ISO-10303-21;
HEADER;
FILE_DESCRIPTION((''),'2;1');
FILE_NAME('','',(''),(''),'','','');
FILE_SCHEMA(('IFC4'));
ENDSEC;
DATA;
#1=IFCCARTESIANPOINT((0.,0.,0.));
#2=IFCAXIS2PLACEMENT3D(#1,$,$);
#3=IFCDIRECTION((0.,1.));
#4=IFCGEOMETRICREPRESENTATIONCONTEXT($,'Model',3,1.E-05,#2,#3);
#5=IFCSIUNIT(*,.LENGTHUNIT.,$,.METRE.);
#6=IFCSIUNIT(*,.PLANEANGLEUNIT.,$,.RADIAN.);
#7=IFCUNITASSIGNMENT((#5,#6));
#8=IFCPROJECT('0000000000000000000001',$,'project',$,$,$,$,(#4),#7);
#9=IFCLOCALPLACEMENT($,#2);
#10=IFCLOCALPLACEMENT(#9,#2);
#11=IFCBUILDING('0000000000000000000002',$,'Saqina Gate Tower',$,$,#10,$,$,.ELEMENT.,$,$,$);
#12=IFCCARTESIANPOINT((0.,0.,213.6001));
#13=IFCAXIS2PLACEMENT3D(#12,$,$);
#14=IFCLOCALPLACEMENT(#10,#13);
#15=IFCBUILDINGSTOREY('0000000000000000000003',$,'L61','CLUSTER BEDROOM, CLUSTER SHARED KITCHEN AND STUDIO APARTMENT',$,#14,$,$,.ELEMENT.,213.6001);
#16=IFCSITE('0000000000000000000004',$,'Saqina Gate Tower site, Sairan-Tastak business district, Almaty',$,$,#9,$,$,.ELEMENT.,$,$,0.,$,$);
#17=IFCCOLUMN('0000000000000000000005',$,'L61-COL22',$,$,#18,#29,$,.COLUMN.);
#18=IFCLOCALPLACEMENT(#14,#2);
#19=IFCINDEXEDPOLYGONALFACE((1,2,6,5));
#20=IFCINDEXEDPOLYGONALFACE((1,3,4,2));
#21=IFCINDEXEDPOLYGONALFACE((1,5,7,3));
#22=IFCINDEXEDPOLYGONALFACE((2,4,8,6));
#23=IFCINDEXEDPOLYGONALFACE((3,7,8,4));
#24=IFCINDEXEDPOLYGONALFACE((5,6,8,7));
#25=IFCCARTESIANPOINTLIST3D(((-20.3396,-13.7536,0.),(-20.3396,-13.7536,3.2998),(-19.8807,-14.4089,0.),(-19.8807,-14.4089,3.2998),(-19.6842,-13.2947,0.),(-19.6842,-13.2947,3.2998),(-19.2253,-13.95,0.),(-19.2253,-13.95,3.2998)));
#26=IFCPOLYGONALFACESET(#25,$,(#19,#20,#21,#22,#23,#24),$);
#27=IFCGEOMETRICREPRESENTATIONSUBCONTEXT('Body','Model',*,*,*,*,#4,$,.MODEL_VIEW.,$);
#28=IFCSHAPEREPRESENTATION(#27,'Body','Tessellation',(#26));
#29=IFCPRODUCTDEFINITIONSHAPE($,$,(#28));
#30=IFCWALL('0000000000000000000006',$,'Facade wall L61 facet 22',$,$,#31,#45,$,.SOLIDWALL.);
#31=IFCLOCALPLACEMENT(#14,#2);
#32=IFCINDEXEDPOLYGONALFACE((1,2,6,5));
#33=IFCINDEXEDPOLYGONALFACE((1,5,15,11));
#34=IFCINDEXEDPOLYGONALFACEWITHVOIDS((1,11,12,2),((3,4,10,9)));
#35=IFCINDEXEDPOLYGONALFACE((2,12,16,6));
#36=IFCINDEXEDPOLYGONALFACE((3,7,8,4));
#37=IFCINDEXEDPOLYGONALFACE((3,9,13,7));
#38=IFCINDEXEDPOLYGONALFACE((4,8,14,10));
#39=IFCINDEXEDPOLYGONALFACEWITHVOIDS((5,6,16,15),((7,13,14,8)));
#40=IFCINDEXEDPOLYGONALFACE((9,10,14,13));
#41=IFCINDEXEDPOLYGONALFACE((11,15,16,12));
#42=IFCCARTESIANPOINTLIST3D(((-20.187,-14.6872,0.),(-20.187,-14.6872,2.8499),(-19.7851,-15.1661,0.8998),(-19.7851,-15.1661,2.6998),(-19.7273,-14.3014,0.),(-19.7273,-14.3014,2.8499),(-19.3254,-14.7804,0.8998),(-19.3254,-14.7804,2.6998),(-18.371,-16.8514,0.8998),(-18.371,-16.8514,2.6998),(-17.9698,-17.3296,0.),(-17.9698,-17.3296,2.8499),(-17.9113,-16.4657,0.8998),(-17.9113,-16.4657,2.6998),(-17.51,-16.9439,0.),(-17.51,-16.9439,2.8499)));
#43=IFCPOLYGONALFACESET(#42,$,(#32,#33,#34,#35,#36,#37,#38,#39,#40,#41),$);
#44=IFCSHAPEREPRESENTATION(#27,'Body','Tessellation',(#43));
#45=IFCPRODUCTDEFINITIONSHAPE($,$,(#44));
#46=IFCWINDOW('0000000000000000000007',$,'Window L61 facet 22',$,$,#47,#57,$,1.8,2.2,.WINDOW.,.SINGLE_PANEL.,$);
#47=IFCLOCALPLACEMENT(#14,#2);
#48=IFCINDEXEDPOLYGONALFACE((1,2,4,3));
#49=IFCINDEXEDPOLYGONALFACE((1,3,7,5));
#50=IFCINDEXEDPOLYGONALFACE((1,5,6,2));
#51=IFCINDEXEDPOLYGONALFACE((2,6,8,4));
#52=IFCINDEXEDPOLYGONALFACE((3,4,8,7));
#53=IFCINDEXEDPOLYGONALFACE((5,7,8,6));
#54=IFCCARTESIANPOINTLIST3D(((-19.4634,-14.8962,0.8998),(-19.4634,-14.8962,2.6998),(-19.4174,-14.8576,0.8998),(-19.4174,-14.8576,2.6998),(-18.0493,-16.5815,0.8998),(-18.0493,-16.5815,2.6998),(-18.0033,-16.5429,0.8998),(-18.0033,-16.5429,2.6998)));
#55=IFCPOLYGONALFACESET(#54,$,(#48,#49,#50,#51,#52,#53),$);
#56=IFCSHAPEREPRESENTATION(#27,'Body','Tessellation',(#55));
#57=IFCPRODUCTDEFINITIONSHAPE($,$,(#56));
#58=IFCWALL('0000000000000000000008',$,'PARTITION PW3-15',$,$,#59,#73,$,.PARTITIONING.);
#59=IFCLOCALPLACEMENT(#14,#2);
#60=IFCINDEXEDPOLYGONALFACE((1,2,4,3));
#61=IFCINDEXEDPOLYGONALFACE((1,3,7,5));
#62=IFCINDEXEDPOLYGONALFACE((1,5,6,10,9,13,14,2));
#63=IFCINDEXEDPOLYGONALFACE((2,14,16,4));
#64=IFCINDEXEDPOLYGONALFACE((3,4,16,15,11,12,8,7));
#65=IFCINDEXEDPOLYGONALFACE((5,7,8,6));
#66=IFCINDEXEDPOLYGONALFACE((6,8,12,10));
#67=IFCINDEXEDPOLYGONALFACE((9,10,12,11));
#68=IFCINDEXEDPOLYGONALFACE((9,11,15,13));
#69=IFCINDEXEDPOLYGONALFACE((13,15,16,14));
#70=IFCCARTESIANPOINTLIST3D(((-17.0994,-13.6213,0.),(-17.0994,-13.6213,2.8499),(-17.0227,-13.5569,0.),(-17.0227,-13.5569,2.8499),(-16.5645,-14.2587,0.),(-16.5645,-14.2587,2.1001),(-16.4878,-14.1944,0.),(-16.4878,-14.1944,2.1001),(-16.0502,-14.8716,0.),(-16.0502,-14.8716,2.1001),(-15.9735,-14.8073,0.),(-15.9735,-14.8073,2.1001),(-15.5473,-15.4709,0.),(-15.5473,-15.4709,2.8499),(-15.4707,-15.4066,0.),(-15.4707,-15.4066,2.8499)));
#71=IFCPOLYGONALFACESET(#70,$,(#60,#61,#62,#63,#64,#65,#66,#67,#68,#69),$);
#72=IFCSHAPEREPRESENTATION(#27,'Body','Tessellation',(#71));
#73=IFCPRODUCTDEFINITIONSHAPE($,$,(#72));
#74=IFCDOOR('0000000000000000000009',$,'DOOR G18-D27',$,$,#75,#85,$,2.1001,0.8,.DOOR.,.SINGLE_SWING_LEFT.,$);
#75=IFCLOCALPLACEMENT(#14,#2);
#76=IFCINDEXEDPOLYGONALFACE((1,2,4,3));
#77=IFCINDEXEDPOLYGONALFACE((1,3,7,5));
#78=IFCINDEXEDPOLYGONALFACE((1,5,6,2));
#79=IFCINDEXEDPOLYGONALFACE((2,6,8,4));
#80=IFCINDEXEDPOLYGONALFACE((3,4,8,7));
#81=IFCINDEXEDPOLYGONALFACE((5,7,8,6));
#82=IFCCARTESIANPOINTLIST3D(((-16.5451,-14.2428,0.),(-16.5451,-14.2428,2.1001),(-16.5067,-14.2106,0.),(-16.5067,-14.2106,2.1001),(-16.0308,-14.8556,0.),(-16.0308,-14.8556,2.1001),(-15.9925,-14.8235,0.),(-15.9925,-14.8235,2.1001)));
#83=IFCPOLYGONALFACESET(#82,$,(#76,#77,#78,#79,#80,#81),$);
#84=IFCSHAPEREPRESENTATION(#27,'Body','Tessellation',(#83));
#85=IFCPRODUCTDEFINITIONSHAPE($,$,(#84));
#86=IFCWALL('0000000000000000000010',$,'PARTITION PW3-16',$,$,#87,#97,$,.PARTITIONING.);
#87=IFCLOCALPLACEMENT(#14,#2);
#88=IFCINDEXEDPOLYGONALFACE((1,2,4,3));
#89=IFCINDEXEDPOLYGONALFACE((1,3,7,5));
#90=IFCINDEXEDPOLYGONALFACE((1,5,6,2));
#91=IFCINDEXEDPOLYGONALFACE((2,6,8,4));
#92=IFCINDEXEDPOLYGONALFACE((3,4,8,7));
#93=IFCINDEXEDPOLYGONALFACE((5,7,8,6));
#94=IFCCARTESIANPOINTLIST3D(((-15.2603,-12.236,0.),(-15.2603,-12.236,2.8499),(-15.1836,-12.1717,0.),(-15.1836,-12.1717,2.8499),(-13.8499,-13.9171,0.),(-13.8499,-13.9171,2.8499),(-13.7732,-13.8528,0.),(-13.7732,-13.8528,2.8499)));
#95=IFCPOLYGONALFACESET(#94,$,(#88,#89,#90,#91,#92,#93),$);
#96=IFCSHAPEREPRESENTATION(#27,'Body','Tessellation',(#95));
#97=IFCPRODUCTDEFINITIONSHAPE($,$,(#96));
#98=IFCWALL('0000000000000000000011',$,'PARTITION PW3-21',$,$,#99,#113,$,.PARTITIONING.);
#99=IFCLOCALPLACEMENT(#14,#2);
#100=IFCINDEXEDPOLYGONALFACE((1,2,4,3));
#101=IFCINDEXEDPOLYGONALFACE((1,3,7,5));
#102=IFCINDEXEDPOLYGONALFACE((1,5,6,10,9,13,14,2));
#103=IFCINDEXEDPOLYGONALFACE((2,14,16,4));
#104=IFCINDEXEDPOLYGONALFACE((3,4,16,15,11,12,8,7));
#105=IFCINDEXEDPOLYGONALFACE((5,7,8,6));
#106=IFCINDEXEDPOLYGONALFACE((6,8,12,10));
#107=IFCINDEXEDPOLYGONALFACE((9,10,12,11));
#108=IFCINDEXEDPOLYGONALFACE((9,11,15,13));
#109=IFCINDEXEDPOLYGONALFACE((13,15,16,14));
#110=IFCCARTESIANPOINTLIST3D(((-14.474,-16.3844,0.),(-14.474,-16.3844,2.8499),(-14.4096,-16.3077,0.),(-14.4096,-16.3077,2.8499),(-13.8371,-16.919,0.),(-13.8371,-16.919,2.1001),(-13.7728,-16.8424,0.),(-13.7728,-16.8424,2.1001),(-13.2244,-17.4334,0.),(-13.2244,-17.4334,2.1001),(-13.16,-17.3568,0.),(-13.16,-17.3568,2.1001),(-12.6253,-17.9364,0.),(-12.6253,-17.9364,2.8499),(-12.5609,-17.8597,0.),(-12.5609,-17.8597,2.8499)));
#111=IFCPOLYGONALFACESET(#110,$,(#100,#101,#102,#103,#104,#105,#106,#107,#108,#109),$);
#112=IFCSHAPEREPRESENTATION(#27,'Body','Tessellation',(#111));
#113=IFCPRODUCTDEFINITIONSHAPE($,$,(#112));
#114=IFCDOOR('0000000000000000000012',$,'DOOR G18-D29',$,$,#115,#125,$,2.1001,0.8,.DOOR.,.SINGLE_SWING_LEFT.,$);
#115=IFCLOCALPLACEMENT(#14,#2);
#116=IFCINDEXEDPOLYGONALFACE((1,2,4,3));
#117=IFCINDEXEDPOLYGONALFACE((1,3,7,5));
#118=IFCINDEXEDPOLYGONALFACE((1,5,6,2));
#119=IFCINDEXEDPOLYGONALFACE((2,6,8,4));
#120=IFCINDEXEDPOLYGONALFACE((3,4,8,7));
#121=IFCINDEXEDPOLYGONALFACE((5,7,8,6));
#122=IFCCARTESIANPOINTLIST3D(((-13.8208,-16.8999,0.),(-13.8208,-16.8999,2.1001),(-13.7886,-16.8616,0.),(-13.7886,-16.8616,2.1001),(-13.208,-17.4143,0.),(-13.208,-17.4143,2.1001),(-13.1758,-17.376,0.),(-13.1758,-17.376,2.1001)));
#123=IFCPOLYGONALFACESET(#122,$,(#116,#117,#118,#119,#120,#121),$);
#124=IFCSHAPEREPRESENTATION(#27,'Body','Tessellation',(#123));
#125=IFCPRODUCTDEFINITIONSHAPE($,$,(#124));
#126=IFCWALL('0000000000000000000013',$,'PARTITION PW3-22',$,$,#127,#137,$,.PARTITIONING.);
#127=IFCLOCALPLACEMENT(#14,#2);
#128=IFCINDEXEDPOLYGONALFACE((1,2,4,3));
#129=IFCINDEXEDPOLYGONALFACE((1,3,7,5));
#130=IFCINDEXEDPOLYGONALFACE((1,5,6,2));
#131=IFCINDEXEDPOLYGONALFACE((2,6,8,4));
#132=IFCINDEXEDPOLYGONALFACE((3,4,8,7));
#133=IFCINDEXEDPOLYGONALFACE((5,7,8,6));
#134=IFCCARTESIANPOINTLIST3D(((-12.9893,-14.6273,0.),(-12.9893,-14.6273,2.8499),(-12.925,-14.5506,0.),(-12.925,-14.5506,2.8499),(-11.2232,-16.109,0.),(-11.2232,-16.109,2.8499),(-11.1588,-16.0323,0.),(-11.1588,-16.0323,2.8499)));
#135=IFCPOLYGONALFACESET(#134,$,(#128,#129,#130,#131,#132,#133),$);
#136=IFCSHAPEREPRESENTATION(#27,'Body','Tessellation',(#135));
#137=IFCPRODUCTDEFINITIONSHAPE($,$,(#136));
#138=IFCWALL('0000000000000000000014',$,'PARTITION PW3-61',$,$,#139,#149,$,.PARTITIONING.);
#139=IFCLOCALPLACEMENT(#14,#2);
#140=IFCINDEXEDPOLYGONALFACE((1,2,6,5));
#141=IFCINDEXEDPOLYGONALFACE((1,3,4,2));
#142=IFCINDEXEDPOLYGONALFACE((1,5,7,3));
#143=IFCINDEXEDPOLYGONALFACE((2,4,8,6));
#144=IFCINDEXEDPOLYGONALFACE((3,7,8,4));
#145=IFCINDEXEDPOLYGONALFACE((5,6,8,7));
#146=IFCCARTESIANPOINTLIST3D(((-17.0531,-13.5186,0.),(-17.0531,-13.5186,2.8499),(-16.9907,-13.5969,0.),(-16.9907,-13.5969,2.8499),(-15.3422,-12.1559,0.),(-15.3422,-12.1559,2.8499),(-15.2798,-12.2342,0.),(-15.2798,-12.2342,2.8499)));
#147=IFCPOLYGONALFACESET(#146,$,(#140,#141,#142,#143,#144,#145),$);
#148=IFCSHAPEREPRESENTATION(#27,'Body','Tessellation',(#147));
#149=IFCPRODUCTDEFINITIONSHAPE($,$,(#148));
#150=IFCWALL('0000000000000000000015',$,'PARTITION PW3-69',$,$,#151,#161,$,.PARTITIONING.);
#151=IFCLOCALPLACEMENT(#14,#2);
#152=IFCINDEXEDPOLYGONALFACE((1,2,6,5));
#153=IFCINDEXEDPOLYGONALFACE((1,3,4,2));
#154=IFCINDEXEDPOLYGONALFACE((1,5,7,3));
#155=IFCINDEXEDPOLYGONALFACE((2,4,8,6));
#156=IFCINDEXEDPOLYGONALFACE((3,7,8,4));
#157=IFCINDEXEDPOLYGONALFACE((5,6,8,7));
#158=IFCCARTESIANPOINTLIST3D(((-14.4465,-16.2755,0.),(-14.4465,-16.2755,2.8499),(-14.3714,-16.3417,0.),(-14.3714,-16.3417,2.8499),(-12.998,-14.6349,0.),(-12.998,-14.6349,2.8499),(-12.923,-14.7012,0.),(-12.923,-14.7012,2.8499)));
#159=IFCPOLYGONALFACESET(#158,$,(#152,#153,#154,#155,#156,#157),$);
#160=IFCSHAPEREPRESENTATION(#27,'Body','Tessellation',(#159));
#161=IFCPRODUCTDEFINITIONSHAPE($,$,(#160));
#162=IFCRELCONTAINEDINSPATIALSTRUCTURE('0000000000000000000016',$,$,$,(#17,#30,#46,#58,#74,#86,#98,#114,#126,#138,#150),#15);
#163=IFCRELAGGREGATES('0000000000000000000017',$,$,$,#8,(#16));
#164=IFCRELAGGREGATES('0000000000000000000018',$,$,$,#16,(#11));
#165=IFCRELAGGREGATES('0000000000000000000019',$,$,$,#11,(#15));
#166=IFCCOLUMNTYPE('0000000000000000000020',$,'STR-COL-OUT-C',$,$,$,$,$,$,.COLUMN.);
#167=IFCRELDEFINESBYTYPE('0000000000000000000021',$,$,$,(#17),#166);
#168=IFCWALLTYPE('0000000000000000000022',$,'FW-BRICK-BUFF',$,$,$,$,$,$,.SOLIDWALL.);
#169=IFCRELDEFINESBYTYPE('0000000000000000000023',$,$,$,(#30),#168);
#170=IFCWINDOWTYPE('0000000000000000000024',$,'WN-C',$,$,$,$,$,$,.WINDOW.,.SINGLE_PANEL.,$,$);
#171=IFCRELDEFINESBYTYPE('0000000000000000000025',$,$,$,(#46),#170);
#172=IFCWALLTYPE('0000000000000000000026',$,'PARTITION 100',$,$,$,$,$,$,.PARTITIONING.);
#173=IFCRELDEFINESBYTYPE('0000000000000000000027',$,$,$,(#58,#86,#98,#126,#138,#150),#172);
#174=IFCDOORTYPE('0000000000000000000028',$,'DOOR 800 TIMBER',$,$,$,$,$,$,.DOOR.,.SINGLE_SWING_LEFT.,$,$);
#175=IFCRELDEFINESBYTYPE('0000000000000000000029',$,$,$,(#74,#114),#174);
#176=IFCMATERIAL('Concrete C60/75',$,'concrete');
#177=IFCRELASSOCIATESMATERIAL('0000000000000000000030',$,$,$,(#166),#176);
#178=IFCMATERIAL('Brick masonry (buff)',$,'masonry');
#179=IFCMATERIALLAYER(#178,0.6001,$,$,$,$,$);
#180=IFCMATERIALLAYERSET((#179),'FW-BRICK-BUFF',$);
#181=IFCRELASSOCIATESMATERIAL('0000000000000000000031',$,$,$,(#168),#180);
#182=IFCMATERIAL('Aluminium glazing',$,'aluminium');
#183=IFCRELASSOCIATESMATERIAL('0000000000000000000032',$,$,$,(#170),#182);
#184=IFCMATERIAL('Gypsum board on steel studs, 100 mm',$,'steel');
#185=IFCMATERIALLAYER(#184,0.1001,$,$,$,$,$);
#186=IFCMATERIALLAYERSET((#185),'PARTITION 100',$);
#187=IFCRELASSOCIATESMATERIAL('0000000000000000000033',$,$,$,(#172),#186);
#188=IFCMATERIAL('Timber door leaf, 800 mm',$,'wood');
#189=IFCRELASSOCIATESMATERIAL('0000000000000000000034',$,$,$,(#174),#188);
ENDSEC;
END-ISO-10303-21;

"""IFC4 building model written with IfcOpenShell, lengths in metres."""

from ifc_helpers import new_model, si_unit, direction, frame, frame_2d, origin, origin_2d, place, context, subcontext, project, spatial, rectangle, extrude, material, layer, layer_set, material_profile, profile_set, type_object, element, fill, save


model = new_model("IFC4")

# Units and contexts
model_context = context("Model", 3, precision=1e-05, world=origin(), true_north=direction((0.0, 1.0)))
body_context = subcontext(model_context, "Body", "Model", "MODEL_VIEW")
ifc_project = project(units=[si_unit("LENGTHUNIT", "METRE"), si_unit("PLANEANGLEUNIT", "RADIAN")], contexts=[model_context])

# Site, building, storey
site_placement = place(None, origin())
site = spatial("IfcSite", under=ifc_project, at=site_placement, Name="Saqina Gate Tower site, Sairan-Tastak business district, Almaty", CompositionType="ELEMENT", RefElevation=0.0)
building_placement = place(site_placement, origin())
building = spatial("IfcBuilding", under=site, at=building_placement, Name="Saqina Gate Tower", CompositionType="ELEMENT")
storey_placement = place(building_placement, frame((0.0, 0.0, 213.6001)))
storey = spatial("IfcBuildingStorey", under=building, at=storey_placement, Name="L61", Description="CLUSTER BEDROOM, CLUSTER SHARED KITCHEN AND STUDIO APARTMENT", CompositionType="ELEMENT", Elevation=213.6001)

# Column
ifc_material_1 = material(Name="Concrete C60/75", Category="concrete")
ifc_material_profile = material_profile(ifc_material_1, rectangle(XDim=0.8, YDim=0.8, at=origin_2d()), Name="RC 800x800")
ifc_profile_set = profile_set([ifc_material_profile], Name="Concrete C60/75")
column_type = type_object("IfcColumnType", Name="STR-COL-OUT-C", PredefinedType="COLUMN", material=ifc_profile_set)
column_placement = place(storey_placement, frame((-19.7825, -13.8518, 0.0), z_axis=(0.0, 0.0, 1.0), x_axis=(-0.819152, -0.573576, 0.0)))
element("IfcColumn", 1, at=column_placement, inside=storey, type_object=column_type, Name="L61-COL22", PredefinedType="COLUMN", context=body_context, shape_type="SweptSolid", body=[
    extrude(rectangle(XDim=0.8, YDim=0.8, at=origin_2d()), origin(), (0.0, 0.0, 1.0), 3.2998),
])

# Wall, opening, window
ifc_material_2 = material(Name="Brick masonry (buff)", Category="masonry")
ifc_layer_1 = layer(ifc_material_2, 0.6001)
ifc_layer_set_1 = layer_set([ifc_layer_1], Name="FW-BRICK-BUFF")
wall_type_1 = type_object("IfcWallType", Name="FW-BRICK-BUFF", PredefinedType="SOLIDWALL", material=ifc_layer_set_1)
wall_1_placement = place(storey_placement, frame((-19.957, -14.4944, 0.0), z_axis=(0.0, 0.0, 1.0), x_axis=(0.64277, -0.766059, 0.0)))
wall_1 = element("IfcWall", 2, at=wall_1_placement, inside=storey, type_object=wall_type_1, Name="Facade wall L61 facet 22", PredefinedType="SOLIDWALL", context=body_context, shape_type="SweptSolid", body=[
    extrude(rectangle(XDim=3.4495, YDim=0.6001, at=frame_2d((1.7246, 0.0))), origin(), (0.0, 0.0, 1.0), 2.8499),
])
opening_1_placement = place(wall_1_placement, frame((0.625, 0.0, 0.8999)))
opening_1 = element("IfcOpeningElement", 3, at=opening_1_placement, cuts=wall_1, PredefinedType="OPENING", context=body_context, shape_type="SweptSolid", body=[
    extrude(rectangle(XDim=2.2, YDim=1.8, at=frame_2d((1.1001, 0.8999))), frame((0.0, 0.312, 0.0), z_axis=(0.0, -1.0, 0.0), x_axis=(1.0, 0.0, 0.0)), (0.0, 0.0, 1.0), 0.624),
])
ifc_material_3 = material(Name="Aluminium glazing", Category="aluminium")
window_type = type_object("IfcWindowType", Name="WN-C", PartitioningType="SINGLE_PANEL", PredefinedType="WINDOW", material=ifc_material_3)
window_placement = place(opening_1_placement, origin())
window = element("IfcWindow", 4, at=window_placement, inside=storey, type_object=window_type, Name="Window L61 facet 22", OverallHeight=1.8, OverallWidth=2.2, PartitioningType="SINGLE_PANEL", PredefinedType="WINDOW", context=body_context, shape_type="SweptSolid", body=[
    extrude(rectangle(XDim=2.2, YDim=1.8, at=frame_2d((1.1001, 0.8999))), frame((0.0, 0.1799, 0.0), z_axis=(0.0, -1.0, 0.0), x_axis=(1.0, 0.0, 0.0)), (0.0, 0.0, 1.0), 0.0601),
])
fill(opening_1, window)

# Wall, opening, door
ifc_material_4 = material(Name="Gypsum board on steel studs, 100 mm", Category="steel")
ifc_layer_2 = layer(ifc_material_4, 0.1001)
ifc_layer_set_2 = layer_set([ifc_layer_2], Name="PARTITION 100")
wall_type_2 = type_object("IfcWallType", Name="PARTITION 100", PredefinedType="PARTITIONING", material=ifc_layer_set_2)
wall_2_placement = place(storey_placement, frame((-17.061, -13.5891, 0.0), z_axis=(0.0, 0.0, 1.0), x_axis=(0.642786, -0.766045, 0.0)))
wall_2 = element("IfcWall", 5, at=wall_2_placement, inside=storey, type_object=wall_type_2, Name="PARTITION PW3-15", PredefinedType="PARTITIONING", context=body_context, shape_type="SweptSolid", body=[
    extrude(rectangle(XDim=2.4146, YDim=0.1001, at=frame_2d((1.2073, 0.0))), origin(), (0.0, 0.0, 1.0), 2.8499),
])
opening_2_placement = place(wall_2_placement, frame((0.8323, 0.0, 0.0)))
opening_2 = element("IfcOpeningElement", 6, at=opening_2_placement, cuts=wall_2, PredefinedType="OPENING", context=body_context, shape_type="SweptSolid", body=[
    extrude(rectangle(XDim=0.8, YDim=2.1001, at=frame_2d((0.3999, 1.05))), frame((0.0, 0.062, 0.0), z_axis=(0.0, -1.0, 0.0), x_axis=(1.0, 0.0, 0.0)), (0.0, 0.0, 1.0), 0.124),
])
ifc_material_5 = material(Name="Timber door leaf, 800 mm", Category="wood")
door_type_1 = type_object("IfcDoorType", Name="DOOR 800 TIMBER", OperationType="SINGLE_SWING_LEFT", PredefinedType="DOOR", material=ifc_material_5)
door_1_placement = place(opening_2_placement, frame((0.8, 0.0, 0.0), z_axis=(0.0, 0.0, 1.0), x_axis=(-1.0, 0.0, 0.0)))
door_1 = element("IfcDoor", 7, at=door_1_placement, inside=storey, type_object=door_type_1, Name="DOOR G18-D27", OperationType="SINGLE_SWING_LEFT", OverallHeight=2.1001, OverallWidth=0.8, PredefinedType="DOOR", context=body_context, shape_type="SweptSolid", body=[
    extrude(rectangle(XDim=0.8, YDim=2.1001, at=frame_2d((0.3999, 1.05))), frame((0.0, 0.0249, 0.0), z_axis=(0.0, -1.0, 0.0), x_axis=(1.0, 0.0, 0.0)), (0.0, 0.0, 1.0), 0.05),
])
fill(opening_2, door_1)

# Wall
wall_3_placement = place(storey_placement, frame((-15.2219, -12.2039, 0.0), z_axis=(0.0, 0.0, 1.0), x_axis=(0.64272, -0.766101, 0.0)))
element("IfcWall", 8, at=wall_3_placement, inside=storey, type_object=wall_type_2, Name="PARTITION PW3-16", PredefinedType="PARTITIONING", context=body_context, shape_type="SweptSolid", body=[
    extrude(rectangle(XDim=2.1943, YDim=0.1001, at=frame_2d((1.0972, 0.0))), origin(), (0.0, 0.0, 1.0), 2.8499),
])

# Wall, opening, door
wall_4_placement = place(storey_placement, frame((-14.4419, -16.3459, 0.0), z_axis=(0.0, 0.0, 1.0), x_axis=(0.765878, -0.642986, 0.0)))
wall_4 = element("IfcWall", 9, at=wall_4_placement, inside=storey, type_object=wall_type_2, Name="PARTITION PW3-21", PredefinedType="PARTITIONING", context=body_context, shape_type="SweptSolid", body=[
    extrude(rectangle(XDim=2.4138, YDim=0.1001, at=frame_2d((1.207, 0.0))), origin(), (0.0, 0.0, 1.0), 2.8499),
])
opening_3_placement = place(wall_4_placement, frame((0.8318, 0.0, 0.0)))
opening_3 = element("IfcOpeningElement", 10, at=opening_3_placement, cuts=wall_4, PredefinedType="OPENING", context=body_context, shape_type="SweptSolid", body=[
    extrude(rectangle(XDim=0.8, YDim=2.1001, at=frame_2d((0.3999, 1.05))), frame((0.0, 0.062, 0.0), z_axis=(0.0, -1.0, 0.0), x_axis=(1.0, 0.0, 0.0)), (0.0, 0.0, 1.0), 0.124),
])
door_2_placement = place(opening_3_placement, frame((0.8, 0.0, 0.0), z_axis=(0.0, 0.0, 1.0), x_axis=(-1.0, 0.0, 0.0)))
door_2 = element("IfcDoor", 11, at=door_2_placement, inside=storey, type_object=door_type_1, Name="DOOR G18-D29", OperationType="SINGLE_SWING_LEFT", OverallHeight=2.1001, OverallWidth=0.8, PredefinedType="DOOR", context=body_context, shape_type="SweptSolid", body=[
    extrude(rectangle(XDim=0.8, YDim=2.1001, at=frame_2d((0.3999, 1.05))), frame((0.0, 0.0249, 0.0), z_axis=(0.0, -1.0, 0.0), x_axis=(1.0, 0.0, 0.0)), (0.0, 0.0, 1.0), 0.05),
])
fill(opening_3, door_2)

# Walls
wall_5_placement = place(storey_placement, frame((-12.9573, -14.5889, 0.0), z_axis=(0.0, 0.0, 1.0), x_axis=(0.766099, -0.642723, 0.0)))
element("IfcWall", 12, at=wall_5_placement, inside=storey, type_object=wall_type_2, Name="PARTITION PW3-22", PredefinedType="PARTITIONING", context=body_context, shape_type="SweptSolid", body=[
    extrude(rectangle(XDim=2.3054, YDim=0.1001, at=frame_2d((1.1528, 0.0))), origin(), (0.0, 0.0, 1.0), 2.8499),
])
wall_6_placement = place(storey_placement, frame((-17.022, -13.5579, 0.0), z_axis=(0.0, 0.0, 1.0), x_axis=(0.782196, 0.623033, 0.0)))
element("IfcWall", 13, at=wall_6_placement, inside=storey, type_object=wall_type_2, Name="PARTITION PW3-61", PredefinedType="PARTITIONING", context=body_context, shape_type="SweptSolid", body=[
    extrude(rectangle(XDim=2.1873, YDim=0.1001, at=frame_2d((1.0938, 0.0))), origin(), (0.0, 0.0, 1.0), 2.8499),
])
wall_7_placement = place(storey_placement, frame((-14.4089, -16.3086, 0.0), z_axis=(0.0, 0.0, 1.0), x_axis=(0.661847, 0.749639, 0.0)))
element("IfcWall", 14, at=wall_7_placement, inside=storey, type_object=wall_type_2, Name="PARTITION PW3-69", PredefinedType="PARTITIONING", context=body_context, shape_type="SweptSolid", body=[
    extrude(rectangle(XDim=2.1885, YDim=0.1001, at=frame_2d((1.0942, 0.0))), origin(), (0.0, 0.0, 1.0), 2.8499),
])

save(model, "model.ifc")
